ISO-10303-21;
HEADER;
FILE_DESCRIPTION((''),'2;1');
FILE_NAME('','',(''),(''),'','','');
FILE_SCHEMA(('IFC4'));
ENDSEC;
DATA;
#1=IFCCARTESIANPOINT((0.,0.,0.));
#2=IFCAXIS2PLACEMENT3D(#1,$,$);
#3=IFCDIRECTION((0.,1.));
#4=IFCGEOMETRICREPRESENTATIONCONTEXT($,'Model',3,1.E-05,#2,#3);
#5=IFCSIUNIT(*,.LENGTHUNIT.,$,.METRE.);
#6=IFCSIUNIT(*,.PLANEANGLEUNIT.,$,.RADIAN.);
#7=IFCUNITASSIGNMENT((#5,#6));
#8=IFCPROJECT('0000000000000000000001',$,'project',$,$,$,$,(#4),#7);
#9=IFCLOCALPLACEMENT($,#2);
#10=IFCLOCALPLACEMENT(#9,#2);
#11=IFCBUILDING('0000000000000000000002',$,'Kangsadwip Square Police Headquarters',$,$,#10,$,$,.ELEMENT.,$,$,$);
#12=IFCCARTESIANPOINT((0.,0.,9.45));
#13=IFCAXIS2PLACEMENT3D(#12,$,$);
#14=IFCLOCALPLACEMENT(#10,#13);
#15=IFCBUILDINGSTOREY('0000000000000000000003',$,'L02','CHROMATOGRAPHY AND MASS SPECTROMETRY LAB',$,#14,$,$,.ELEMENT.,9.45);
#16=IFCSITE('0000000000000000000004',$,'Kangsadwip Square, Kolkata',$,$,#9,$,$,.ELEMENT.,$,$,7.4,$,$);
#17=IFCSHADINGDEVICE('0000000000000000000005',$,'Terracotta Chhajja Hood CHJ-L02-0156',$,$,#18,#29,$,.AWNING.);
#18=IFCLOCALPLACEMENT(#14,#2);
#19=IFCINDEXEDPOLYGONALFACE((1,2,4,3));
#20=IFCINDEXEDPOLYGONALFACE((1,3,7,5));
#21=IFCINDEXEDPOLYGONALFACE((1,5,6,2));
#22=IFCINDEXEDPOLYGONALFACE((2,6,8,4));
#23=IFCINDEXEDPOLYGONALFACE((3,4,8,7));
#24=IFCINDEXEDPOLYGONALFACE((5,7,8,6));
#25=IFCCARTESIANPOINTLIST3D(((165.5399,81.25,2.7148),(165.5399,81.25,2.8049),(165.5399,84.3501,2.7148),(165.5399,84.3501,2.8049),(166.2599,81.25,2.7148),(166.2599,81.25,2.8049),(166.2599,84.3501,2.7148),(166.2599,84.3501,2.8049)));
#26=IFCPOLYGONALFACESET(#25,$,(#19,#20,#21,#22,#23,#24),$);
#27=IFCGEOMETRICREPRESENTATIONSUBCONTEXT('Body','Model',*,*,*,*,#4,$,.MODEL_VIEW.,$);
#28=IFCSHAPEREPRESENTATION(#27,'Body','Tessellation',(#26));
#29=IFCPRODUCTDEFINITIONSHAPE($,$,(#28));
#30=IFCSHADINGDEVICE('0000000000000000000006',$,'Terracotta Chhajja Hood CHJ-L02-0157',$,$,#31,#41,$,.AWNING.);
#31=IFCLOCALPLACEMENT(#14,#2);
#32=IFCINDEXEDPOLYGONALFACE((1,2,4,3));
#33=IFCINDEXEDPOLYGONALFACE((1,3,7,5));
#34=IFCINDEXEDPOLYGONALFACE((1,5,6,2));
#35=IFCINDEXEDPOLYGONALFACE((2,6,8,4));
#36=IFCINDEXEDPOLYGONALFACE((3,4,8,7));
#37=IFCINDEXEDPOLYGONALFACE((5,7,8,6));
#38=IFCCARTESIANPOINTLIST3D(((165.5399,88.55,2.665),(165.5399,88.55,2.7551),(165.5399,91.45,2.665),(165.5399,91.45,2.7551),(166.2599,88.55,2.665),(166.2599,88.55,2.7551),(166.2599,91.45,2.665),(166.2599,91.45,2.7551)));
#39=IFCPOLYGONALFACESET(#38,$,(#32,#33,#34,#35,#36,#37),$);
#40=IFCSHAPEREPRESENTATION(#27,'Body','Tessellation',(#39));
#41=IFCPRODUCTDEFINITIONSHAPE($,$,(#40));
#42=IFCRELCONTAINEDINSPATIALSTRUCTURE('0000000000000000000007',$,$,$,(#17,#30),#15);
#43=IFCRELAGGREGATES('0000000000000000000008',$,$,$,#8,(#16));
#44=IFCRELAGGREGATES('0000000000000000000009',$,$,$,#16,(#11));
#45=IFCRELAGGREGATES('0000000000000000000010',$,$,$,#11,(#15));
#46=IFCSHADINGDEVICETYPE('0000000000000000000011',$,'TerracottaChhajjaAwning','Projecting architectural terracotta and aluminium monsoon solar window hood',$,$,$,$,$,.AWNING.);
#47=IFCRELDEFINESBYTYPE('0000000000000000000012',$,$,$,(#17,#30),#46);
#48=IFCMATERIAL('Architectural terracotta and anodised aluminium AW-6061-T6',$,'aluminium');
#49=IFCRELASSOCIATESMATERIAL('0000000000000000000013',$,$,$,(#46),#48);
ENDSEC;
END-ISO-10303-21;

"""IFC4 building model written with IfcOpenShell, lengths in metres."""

from ifc_helpers import new_model, si_unit, direction, frame, origin, origin_2d, place, context, subcontext, project, spatial, rectangle, extrude, material, type_object, element, save


model = new_model("IFC4")

# Units and contexts
model_context = context("Model", 3, precision=1e-05, world=origin(), true_north=direction((0.0, 1.0)))
body_context = subcontext(model_context, "Body", "Model", "MODEL_VIEW")
ifc_project = project(units=[si_unit("LENGTHUNIT", "METRE"), si_unit("PLANEANGLEUNIT", "RADIAN")], contexts=[model_context])

# Site, building, storey
site_placement = place(None, origin())
site = spatial("IfcSite", under=ifc_project, at=site_placement, Name="Kangsadwip Square, Kolkata", CompositionType="ELEMENT", RefElevation=7.4)
building_placement = place(site_placement, origin())
building = spatial("IfcBuilding", under=site, at=building_placement, Name="Kangsadwip Square Police Headquarters", CompositionType="ELEMENT")
storey_placement = place(building_placement, frame((0.0, 0.0, 9.45)))
storey = spatial("IfcBuildingStorey", under=building, at=storey_placement, Name="L02", Description="CHROMATOGRAPHY AND MASS SPECTROMETRY LAB", CompositionType="ELEMENT", Elevation=9.45)

# Shading devices
ifc_material_1 = material(Name="Architectural terracotta and anodised aluminium AW-6061-T6", Category="aluminium")
shading_device_type = type_object("IfcShadingDeviceType", Name="TerracottaChhajjaAwning", Description="Projecting architectural terracotta and aluminium monsoon solar window hood", PredefinedType="AWNING", material=ifc_material_1)
shading_device_1_placement = place(storey_placement, frame((165.8999, 82.8, 2.7148), z_axis=(0.0, 0.0, 1.0), x_axis=(0.0, 1.0, 0.0)))
element("IfcShadingDevice", 1, at=shading_device_1_placement, inside=storey, type_object=shading_device_type, Name="Terracotta Chhajja Hood CHJ-L02-0156", PredefinedType="AWNING", context=body_context, shape_type="SweptSolid", body=[
    extrude(rectangle(XDim=3.1001, YDim=0.72, at=origin_2d()), origin(), (0.0, 0.0, 1.0), 0.0901),
])
shading_device_2_placement = place(storey_placement, frame((165.8999, 90.0, 2.665), z_axis=(0.0, 0.0, 1.0), x_axis=(0.0, 1.0, 0.0)))
element("IfcShadingDevice", 2, at=shading_device_2_placement, inside=storey, type_object=shading_device_type, Name="Terracotta Chhajja Hood CHJ-L02-0157", PredefinedType="AWNING", context=body_context, shape_type="SweptSolid", body=[
    extrude(rectangle(XDim=2.8999, YDim=0.72, at=origin_2d()), origin(), (0.0, 0.0, 1.0), 0.0901),
])

save(model, "model.ifc")
